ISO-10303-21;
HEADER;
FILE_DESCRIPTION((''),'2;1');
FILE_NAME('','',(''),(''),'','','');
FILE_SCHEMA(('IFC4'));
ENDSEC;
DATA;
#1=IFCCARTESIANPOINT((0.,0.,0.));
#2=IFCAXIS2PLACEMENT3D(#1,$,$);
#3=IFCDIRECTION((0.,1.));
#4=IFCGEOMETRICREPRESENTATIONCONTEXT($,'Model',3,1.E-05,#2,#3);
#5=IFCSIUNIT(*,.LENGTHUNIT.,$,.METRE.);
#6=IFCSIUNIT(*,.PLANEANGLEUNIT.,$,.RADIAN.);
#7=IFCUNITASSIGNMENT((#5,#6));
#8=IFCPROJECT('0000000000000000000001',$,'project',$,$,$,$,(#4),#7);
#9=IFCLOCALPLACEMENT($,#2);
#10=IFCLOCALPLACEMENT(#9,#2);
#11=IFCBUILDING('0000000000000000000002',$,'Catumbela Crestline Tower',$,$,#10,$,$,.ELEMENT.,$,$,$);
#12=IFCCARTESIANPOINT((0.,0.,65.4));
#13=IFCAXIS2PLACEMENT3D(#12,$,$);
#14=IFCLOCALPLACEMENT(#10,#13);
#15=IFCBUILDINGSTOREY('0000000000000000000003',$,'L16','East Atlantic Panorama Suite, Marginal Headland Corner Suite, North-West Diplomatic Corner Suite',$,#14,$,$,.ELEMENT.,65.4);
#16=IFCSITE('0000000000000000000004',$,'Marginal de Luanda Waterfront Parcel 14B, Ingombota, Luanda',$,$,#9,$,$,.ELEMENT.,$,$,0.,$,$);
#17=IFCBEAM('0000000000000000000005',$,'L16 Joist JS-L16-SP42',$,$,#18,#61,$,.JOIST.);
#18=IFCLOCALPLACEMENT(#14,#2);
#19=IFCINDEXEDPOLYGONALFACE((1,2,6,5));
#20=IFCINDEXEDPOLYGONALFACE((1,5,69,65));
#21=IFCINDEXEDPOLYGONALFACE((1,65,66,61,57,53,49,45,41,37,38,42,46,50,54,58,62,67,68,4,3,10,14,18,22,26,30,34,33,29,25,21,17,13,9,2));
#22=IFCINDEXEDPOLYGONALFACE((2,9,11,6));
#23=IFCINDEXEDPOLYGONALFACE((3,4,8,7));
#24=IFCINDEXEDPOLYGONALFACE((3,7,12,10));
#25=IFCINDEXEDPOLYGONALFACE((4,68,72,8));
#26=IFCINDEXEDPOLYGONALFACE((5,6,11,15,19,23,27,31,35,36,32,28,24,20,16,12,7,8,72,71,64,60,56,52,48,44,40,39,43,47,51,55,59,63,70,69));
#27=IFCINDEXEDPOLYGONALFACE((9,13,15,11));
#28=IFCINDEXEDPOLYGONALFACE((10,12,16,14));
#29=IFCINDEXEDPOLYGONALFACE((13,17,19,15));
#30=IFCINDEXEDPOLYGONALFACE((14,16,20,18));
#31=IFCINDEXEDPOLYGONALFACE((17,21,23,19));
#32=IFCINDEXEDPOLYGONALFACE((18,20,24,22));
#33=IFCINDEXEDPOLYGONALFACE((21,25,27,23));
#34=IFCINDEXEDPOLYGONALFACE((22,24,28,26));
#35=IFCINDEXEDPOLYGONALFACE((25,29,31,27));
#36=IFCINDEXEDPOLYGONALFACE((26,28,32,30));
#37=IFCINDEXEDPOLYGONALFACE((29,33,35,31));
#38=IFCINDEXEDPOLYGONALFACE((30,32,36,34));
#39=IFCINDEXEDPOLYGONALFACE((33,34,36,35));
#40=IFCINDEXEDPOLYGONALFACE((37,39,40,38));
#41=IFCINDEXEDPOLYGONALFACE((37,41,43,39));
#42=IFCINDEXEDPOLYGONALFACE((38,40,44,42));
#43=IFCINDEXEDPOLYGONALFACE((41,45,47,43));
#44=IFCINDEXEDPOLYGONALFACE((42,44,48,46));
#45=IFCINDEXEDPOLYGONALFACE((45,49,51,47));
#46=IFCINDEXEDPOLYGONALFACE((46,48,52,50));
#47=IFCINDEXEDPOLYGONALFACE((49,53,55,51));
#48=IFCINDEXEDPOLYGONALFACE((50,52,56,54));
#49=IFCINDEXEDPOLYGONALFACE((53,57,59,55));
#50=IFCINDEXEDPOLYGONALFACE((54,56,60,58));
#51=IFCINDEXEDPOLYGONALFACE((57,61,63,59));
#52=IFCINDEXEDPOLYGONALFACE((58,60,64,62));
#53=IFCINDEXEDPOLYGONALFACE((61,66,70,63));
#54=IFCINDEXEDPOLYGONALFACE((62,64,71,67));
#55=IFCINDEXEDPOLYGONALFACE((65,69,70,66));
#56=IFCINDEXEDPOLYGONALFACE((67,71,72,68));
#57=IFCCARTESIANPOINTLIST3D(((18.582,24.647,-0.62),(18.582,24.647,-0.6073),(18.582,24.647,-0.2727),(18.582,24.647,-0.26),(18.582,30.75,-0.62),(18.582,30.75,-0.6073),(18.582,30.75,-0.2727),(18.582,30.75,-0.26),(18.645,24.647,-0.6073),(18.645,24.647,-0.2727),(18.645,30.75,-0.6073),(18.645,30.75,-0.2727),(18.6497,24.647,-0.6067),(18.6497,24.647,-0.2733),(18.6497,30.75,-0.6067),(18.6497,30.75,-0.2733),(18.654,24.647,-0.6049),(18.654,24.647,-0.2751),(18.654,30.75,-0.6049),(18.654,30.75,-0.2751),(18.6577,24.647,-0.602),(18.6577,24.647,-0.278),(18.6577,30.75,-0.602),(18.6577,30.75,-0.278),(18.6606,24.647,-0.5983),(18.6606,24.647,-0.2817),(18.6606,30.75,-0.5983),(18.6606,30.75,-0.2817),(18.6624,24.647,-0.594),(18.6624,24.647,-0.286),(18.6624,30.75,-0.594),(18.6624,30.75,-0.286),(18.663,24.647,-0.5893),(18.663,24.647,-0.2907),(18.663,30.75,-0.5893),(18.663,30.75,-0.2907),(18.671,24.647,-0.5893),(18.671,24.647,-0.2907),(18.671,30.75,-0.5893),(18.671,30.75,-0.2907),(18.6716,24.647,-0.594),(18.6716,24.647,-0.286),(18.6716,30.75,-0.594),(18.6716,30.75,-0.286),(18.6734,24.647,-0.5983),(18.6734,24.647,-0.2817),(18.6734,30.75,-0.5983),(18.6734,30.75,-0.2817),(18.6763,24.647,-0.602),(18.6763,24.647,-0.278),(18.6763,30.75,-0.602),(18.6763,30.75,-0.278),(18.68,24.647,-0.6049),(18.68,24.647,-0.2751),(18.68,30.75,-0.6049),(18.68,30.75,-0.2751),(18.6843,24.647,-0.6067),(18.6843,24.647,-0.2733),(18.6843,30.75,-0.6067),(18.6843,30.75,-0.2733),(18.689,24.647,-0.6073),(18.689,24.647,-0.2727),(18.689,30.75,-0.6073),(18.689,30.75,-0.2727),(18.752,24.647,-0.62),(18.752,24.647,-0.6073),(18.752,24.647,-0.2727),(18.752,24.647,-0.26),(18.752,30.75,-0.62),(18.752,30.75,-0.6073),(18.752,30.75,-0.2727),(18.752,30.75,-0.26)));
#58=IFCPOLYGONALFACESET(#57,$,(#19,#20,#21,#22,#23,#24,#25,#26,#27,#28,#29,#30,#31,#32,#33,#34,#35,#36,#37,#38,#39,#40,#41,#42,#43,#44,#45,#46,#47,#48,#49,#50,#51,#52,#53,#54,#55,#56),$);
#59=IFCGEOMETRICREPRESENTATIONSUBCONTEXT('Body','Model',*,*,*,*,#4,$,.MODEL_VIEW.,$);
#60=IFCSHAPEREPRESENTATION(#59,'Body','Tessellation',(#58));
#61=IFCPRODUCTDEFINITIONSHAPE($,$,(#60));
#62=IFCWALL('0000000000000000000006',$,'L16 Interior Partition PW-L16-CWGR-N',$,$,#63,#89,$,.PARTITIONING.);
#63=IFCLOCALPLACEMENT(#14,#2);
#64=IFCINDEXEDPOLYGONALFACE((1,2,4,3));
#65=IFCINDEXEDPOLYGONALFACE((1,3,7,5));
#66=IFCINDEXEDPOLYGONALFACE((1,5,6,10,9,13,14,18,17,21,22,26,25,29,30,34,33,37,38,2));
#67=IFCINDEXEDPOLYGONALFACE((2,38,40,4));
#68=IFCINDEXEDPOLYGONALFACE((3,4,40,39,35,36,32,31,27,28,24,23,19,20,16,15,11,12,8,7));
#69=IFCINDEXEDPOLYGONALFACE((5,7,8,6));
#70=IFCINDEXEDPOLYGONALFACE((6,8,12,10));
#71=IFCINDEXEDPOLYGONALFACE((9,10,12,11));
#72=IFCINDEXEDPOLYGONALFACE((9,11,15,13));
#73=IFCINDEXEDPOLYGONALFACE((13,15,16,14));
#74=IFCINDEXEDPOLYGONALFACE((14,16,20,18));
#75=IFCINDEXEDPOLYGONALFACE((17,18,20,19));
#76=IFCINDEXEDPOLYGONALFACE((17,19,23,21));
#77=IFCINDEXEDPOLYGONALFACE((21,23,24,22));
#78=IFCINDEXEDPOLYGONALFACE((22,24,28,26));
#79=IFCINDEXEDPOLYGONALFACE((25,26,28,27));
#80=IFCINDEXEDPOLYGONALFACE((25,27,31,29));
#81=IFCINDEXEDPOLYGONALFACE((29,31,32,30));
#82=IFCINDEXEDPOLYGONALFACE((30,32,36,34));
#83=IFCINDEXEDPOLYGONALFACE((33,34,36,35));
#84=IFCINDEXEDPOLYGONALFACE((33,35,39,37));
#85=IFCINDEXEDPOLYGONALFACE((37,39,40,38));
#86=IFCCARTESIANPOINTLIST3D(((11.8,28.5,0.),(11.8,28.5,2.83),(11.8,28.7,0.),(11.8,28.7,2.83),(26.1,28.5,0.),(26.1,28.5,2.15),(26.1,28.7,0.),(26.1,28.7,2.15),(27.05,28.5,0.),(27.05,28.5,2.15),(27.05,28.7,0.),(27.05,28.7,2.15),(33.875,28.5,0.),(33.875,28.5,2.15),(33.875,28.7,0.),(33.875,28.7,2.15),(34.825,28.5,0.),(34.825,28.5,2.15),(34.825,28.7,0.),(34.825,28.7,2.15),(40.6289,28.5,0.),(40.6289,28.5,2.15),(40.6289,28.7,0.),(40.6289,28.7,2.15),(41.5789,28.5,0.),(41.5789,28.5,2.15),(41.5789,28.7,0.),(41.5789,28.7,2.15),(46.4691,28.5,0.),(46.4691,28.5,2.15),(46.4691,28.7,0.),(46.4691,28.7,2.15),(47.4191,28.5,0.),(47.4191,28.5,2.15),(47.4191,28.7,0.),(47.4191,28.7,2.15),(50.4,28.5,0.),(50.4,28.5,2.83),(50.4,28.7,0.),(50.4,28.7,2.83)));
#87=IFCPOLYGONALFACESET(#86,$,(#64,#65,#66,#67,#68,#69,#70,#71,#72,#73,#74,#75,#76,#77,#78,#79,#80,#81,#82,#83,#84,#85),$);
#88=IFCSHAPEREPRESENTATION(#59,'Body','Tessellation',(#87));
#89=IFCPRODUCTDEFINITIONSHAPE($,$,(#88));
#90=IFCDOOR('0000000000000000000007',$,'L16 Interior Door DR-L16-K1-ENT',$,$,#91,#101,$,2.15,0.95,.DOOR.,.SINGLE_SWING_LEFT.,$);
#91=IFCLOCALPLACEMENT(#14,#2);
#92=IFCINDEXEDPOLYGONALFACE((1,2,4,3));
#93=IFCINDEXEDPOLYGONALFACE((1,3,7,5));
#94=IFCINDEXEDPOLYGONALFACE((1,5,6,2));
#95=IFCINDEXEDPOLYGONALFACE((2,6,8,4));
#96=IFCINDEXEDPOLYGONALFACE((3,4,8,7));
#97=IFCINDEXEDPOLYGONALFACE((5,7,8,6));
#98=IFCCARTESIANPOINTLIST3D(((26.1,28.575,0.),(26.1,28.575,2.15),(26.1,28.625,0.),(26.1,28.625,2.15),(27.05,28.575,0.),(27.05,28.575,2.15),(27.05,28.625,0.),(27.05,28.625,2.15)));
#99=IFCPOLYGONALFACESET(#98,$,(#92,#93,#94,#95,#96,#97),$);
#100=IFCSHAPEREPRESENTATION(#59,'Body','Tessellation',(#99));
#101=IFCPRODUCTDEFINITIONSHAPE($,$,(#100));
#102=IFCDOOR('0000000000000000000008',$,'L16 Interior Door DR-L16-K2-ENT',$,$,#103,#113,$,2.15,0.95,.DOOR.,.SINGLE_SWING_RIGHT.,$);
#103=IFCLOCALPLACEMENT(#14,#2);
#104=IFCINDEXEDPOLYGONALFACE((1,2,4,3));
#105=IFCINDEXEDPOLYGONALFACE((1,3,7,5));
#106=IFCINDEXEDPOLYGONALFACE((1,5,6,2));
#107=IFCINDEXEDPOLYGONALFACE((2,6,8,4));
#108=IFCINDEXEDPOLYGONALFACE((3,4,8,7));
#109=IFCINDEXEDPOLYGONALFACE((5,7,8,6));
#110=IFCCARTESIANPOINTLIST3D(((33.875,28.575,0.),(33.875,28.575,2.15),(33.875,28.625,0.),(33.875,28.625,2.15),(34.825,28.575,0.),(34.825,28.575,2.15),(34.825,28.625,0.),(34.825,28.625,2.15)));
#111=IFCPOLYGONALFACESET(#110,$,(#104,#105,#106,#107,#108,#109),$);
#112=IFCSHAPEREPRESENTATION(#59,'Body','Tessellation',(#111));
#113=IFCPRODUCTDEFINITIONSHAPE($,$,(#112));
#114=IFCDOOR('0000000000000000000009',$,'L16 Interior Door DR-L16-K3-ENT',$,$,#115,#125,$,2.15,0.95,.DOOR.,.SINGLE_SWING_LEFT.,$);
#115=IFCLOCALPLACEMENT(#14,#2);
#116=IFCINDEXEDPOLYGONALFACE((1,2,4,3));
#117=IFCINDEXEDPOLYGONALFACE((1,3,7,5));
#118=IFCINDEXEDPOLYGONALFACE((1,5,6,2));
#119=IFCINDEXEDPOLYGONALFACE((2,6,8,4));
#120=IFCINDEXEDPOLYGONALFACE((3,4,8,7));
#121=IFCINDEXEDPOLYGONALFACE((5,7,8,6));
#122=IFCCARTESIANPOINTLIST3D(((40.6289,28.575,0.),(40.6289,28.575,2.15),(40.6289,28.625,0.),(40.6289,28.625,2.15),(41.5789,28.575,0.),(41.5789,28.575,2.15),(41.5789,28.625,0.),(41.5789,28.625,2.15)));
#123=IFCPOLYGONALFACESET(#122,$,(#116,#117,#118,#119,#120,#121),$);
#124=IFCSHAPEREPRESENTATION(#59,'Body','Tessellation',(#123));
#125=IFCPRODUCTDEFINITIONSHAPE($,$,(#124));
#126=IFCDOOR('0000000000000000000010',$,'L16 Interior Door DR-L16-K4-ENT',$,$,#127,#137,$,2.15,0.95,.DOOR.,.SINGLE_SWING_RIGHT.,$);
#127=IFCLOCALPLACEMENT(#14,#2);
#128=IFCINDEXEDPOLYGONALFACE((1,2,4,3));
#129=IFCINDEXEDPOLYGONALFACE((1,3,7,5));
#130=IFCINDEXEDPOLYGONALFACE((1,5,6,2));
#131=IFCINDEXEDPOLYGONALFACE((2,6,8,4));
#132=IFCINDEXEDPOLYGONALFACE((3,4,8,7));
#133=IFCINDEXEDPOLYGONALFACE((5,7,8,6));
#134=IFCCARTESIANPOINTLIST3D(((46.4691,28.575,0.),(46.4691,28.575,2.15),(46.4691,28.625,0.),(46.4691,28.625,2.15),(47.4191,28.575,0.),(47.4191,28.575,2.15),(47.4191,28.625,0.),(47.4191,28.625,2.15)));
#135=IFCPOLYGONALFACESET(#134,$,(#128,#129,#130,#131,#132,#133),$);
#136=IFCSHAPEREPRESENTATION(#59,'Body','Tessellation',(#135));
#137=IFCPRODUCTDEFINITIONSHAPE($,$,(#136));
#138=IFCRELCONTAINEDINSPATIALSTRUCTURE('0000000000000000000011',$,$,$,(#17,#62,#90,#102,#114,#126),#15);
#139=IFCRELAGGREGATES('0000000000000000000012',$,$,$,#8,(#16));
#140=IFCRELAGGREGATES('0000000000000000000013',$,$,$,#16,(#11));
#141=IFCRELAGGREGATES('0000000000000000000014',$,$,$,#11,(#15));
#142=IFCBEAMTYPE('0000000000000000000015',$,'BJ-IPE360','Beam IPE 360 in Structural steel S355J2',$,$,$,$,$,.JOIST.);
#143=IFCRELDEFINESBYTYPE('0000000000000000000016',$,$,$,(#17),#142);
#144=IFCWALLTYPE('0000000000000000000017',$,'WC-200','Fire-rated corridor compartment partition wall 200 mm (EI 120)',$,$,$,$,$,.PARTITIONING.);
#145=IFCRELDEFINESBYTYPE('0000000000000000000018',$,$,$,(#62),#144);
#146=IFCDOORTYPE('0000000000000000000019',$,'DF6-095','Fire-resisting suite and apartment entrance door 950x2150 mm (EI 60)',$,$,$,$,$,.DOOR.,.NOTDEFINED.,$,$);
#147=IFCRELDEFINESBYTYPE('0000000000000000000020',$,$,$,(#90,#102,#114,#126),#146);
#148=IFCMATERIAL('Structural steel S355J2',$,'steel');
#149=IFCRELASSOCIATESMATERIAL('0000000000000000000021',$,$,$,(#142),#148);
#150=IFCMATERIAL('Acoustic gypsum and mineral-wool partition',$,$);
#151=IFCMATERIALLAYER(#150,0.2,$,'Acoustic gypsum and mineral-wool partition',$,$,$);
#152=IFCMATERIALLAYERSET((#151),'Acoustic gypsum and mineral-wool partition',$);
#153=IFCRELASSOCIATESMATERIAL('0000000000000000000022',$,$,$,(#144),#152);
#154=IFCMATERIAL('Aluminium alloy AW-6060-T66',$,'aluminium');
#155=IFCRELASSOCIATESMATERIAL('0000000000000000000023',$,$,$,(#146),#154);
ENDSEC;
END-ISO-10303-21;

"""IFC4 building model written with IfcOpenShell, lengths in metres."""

from ifc_helpers import new_model, si_unit, direction, frame, frame_2d, origin, origin_2d, place, context, subcontext, project, spatial, rectangle, i_section, extrude, material, layer, layer_set, material_profile, profile_set, type_object, element, fill, save


model = new_model("IFC4")

# Units and contexts
model_context = context("Model", 3, precision=1e-05, world=origin(), true_north=direction((0.0, 1.0)))
body_context = subcontext(model_context, "Body", "Model", "MODEL_VIEW")
ifc_project = project(units=[si_unit("LENGTHUNIT", "METRE"), si_unit("PLANEANGLEUNIT", "RADIAN")], contexts=[model_context])

# Site, building, storey
site_placement = place(None, origin())
site = spatial("IfcSite", under=ifc_project, at=site_placement, Name="Marginal de Luanda Waterfront Parcel 14B, Ingombota, Luanda", CompositionType="ELEMENT", RefElevation=0.0)
building_placement = place(site_placement, origin())
building = spatial("IfcBuilding", under=site, at=building_placement, Name="Catumbela Crestline Tower", CompositionType="ELEMENT")
storey_placement = place(building_placement, frame((0.0, 0.0, 65.4)))
storey = spatial("IfcBuildingStorey", under=building, at=storey_placement, Name="L16", Description="East Atlantic Panorama Suite, Marginal Headland Corner Suite, North-West Diplomatic Corner Suite", CompositionType="ELEMENT", Elevation=65.4)

# Beam
ifc_material_1 = material(Name="Structural steel S355J2", Category="steel")
ifc_material_profile_1 = material_profile(ifc_material_1, i_section(OverallWidth=0.17, OverallDepth=0.36, WebThickness=0.008, FlangeThickness=0.0127, FilletRadius=0.018, at=origin_2d()), Name="IPE 360")
ifc_profile_set_1 = profile_set([ifc_material_profile_1], Name="Structural steel S355J2")
beam_type_1 = type_object("IfcBeamType", Name="BJ-IPE360", Description="Beam IPE 360 in Structural steel S355J2", PredefinedType="JOIST", material=ifc_profile_set_1)
beam_1_placement = place(storey_placement, frame((18.667, 24.647, -0.44), z_axis=(0.0, 1.0, 0.0), x_axis=(-1.0, 0.0, 0.0)))
element("IfcBeam", 1, at=beam_1_placement, inside=storey, type_object=beam_type_1, Name="L16 Joist JS-L16-SP42", PredefinedType="JOIST", context=body_context, shape_type="SweptSolid", body=[
    extrude(i_section(OverallWidth=0.17, OverallDepth=0.36, WebThickness=0.008, FlangeThickness=0.0127, FilletRadius=0.018, at=origin_2d()), origin(), (0.0, 0.0, 1.0), 6.103),
])

# Wall, openings, doors
ifc_material_2 = material(Name="Acoustic gypsum and mineral-wool partition")
ifc_layer_1 = layer(ifc_material_2, 0.2, Name="Acoustic gypsum and mineral-wool partition")
ifc_layer_set_1 = layer_set([ifc_layer_1], Name="Acoustic gypsum and mineral-wool partition")
wall_type_1 = type_object("IfcWallType", Name="WC-200", Description="Fire-rated corridor compartment partition wall 200 mm (EI 120)", PredefinedType="PARTITIONING", material=ifc_layer_set_1)
wall_1_placement = place(storey_placement, frame((11.8, 28.6, 0.0), z_axis=(0.0, 0.0, 1.0), x_axis=(1.0, 0.0, 0.0)))
wall_1 = element("IfcWall", 2, at=wall_1_placement, inside=storey, type_object=wall_type_1, Name="L16 Interior Partition PW-L16-CWGR-N", PredefinedType="PARTITIONING", context=body_context, shape_type="SweptSolid", body=[
    extrude(rectangle(XDim=38.6, YDim=0.2, at=frame_2d((19.3, 0.0))), origin(), (0.0, 0.0, 1.0), 2.83),
])
opening_1_placement = place(wall_1_placement, frame((14.3, 0.0, 0.0)))
opening_1 = element("IfcOpeningElement", 3, at=opening_1_placement, cuts=wall_1, PredefinedType="OPENING", context=body_context, shape_type="SweptSolid", body=[
    extrude(rectangle(XDim=0.95, YDim=2.15, at=frame_2d((0.475, 1.075))), frame((0.0, 0.11, 0.0), z_axis=(0.0, -1.0, 0.0), x_axis=(1.0, 0.0, 0.0)), (0.0, 0.0, 1.0), 0.22),
])
opening_2_placement = place(wall_1_placement, frame((22.075, 0.0, 0.0)))
opening_2 = element("IfcOpeningElement", 4, at=opening_2_placement, cuts=wall_1, PredefinedType="OPENING", context=body_context, shape_type="SweptSolid", body=[
    extrude(rectangle(XDim=0.95, YDim=2.15, at=frame_2d((0.475, 1.075))), frame((0.0, 0.11, 0.0), z_axis=(0.0, -1.0, 0.0), x_axis=(1.0, 0.0, 0.0)), (0.0, 0.0, 1.0), 0.22),
])
opening_3_placement = place(wall_1_placement, frame((28.8289, 0.0, 0.0)))
opening_3 = element("IfcOpeningElement", 5, at=opening_3_placement, cuts=wall_1, PredefinedType="OPENING", context=body_context, shape_type="SweptSolid", body=[
    extrude(rectangle(XDim=0.95, YDim=2.15, at=frame_2d((0.475, 1.075))), frame((0.0, 0.11, 0.0), z_axis=(0.0, -1.0, 0.0), x_axis=(1.0, 0.0, 0.0)), (0.0, 0.0, 1.0), 0.22),
])
opening_4_placement = place(wall_1_placement, frame((34.6691, 0.0, 0.0)))
opening_4 = element("IfcOpeningElement", 6, at=opening_4_placement, cuts=wall_1, PredefinedType="OPENING", context=body_context, shape_type="SweptSolid", body=[
    extrude(rectangle(XDim=0.95, YDim=2.15, at=frame_2d((0.475, 1.075))), frame((0.0, 0.11, 0.0), z_axis=(0.0, -1.0, 0.0), x_axis=(1.0, 0.0, 0.0)), (0.0, 0.0, 1.0), 0.22),
])
ifc_material_3 = material(Name="Aluminium alloy AW-6060-T66", Category="aluminium")
door_type_1 = type_object("IfcDoorType", Name="DF6-095", Description="Fire-resisting suite and apartment entrance door 950x2150 mm (EI 60)", OperationType="NOTDEFINED", PredefinedType="DOOR", material=ifc_material_3)
door_1_placement = place(opening_1_placement, origin())
door_1 = element("IfcDoor", 7, at=door_1_placement, inside=storey, type_object=door_type_1, Name="L16 Interior Door DR-L16-K1-ENT", OperationType="SINGLE_SWING_LEFT", OverallHeight=2.15, OverallWidth=0.95, PredefinedType="DOOR", context=body_context, shape_type="SweptSolid", body=[
    extrude(rectangle(XDim=0.95, YDim=2.15, at=frame_2d((0.475, 1.075))), frame((0.0, 0.025, 0.0), z_axis=(0.0, -1.0, 0.0), x_axis=(1.0, 0.0, 0.0)), (0.0, 0.0, 1.0), 0.05),
])
fill(opening_1, door_1)
door_2_placement = place(opening_2_placement, origin())
door_2 = element("IfcDoor", 8, at=door_2_placement, inside=storey, type_object=door_type_1, Name="L16 Interior Door DR-L16-K2-ENT", OperationType="SINGLE_SWING_RIGHT", OverallHeight=2.15, OverallWidth=0.95, PredefinedType="DOOR", context=body_context, shape_type="SweptSolid", body=[
    extrude(rectangle(XDim=0.95, YDim=2.15, at=frame_2d((0.475, 1.075))), frame((0.0, 0.025, 0.0), z_axis=(0.0, -1.0, 0.0), x_axis=(1.0, 0.0, 0.0)), (0.0, 0.0, 1.0), 0.05),
])
fill(opening_2, door_2)
door_3_placement = place(opening_3_placement, origin())
door_3 = element("IfcDoor", 9, at=door_3_placement, inside=storey, type_object=door_type_1, Name="L16 Interior Door DR-L16-K3-ENT", OperationType="SINGLE_SWING_LEFT", OverallHeight=2.15, OverallWidth=0.95, PredefinedType="DOOR", context=body_context, shape_type="SweptSolid", body=[
    extrude(rectangle(XDim=0.95, YDim=2.15, at=frame_2d((0.475, 1.075))), frame((0.0, 0.025, 0.0), z_axis=(0.0, -1.0, 0.0), x_axis=(1.0, 0.0, 0.0)), (0.0, 0.0, 1.0), 0.05),
])
fill(opening_3, door_3)
door_4_placement = place(opening_4_placement, origin())
door_4 = element("IfcDoor", 10, at=door_4_placement, inside=storey, type_object=door_type_1, Name="L16 Interior Door DR-L16-K4-ENT", OperationType="SINGLE_SWING_RIGHT", OverallHeight=2.15, OverallWidth=0.95, PredefinedType="DOOR", context=body_context, shape_type="SweptSolid", body=[
    extrude(rectangle(XDim=0.95, YDim=2.15, at=frame_2d((0.475, 1.075))), frame((0.0, 0.025, 0.0), z_axis=(0.0, -1.0, 0.0), x_axis=(1.0, 0.0, 0.0)), (0.0, 0.0, 1.0), 0.05),
])
fill(opening_4, door_4)

save(model, "model.ifc")
